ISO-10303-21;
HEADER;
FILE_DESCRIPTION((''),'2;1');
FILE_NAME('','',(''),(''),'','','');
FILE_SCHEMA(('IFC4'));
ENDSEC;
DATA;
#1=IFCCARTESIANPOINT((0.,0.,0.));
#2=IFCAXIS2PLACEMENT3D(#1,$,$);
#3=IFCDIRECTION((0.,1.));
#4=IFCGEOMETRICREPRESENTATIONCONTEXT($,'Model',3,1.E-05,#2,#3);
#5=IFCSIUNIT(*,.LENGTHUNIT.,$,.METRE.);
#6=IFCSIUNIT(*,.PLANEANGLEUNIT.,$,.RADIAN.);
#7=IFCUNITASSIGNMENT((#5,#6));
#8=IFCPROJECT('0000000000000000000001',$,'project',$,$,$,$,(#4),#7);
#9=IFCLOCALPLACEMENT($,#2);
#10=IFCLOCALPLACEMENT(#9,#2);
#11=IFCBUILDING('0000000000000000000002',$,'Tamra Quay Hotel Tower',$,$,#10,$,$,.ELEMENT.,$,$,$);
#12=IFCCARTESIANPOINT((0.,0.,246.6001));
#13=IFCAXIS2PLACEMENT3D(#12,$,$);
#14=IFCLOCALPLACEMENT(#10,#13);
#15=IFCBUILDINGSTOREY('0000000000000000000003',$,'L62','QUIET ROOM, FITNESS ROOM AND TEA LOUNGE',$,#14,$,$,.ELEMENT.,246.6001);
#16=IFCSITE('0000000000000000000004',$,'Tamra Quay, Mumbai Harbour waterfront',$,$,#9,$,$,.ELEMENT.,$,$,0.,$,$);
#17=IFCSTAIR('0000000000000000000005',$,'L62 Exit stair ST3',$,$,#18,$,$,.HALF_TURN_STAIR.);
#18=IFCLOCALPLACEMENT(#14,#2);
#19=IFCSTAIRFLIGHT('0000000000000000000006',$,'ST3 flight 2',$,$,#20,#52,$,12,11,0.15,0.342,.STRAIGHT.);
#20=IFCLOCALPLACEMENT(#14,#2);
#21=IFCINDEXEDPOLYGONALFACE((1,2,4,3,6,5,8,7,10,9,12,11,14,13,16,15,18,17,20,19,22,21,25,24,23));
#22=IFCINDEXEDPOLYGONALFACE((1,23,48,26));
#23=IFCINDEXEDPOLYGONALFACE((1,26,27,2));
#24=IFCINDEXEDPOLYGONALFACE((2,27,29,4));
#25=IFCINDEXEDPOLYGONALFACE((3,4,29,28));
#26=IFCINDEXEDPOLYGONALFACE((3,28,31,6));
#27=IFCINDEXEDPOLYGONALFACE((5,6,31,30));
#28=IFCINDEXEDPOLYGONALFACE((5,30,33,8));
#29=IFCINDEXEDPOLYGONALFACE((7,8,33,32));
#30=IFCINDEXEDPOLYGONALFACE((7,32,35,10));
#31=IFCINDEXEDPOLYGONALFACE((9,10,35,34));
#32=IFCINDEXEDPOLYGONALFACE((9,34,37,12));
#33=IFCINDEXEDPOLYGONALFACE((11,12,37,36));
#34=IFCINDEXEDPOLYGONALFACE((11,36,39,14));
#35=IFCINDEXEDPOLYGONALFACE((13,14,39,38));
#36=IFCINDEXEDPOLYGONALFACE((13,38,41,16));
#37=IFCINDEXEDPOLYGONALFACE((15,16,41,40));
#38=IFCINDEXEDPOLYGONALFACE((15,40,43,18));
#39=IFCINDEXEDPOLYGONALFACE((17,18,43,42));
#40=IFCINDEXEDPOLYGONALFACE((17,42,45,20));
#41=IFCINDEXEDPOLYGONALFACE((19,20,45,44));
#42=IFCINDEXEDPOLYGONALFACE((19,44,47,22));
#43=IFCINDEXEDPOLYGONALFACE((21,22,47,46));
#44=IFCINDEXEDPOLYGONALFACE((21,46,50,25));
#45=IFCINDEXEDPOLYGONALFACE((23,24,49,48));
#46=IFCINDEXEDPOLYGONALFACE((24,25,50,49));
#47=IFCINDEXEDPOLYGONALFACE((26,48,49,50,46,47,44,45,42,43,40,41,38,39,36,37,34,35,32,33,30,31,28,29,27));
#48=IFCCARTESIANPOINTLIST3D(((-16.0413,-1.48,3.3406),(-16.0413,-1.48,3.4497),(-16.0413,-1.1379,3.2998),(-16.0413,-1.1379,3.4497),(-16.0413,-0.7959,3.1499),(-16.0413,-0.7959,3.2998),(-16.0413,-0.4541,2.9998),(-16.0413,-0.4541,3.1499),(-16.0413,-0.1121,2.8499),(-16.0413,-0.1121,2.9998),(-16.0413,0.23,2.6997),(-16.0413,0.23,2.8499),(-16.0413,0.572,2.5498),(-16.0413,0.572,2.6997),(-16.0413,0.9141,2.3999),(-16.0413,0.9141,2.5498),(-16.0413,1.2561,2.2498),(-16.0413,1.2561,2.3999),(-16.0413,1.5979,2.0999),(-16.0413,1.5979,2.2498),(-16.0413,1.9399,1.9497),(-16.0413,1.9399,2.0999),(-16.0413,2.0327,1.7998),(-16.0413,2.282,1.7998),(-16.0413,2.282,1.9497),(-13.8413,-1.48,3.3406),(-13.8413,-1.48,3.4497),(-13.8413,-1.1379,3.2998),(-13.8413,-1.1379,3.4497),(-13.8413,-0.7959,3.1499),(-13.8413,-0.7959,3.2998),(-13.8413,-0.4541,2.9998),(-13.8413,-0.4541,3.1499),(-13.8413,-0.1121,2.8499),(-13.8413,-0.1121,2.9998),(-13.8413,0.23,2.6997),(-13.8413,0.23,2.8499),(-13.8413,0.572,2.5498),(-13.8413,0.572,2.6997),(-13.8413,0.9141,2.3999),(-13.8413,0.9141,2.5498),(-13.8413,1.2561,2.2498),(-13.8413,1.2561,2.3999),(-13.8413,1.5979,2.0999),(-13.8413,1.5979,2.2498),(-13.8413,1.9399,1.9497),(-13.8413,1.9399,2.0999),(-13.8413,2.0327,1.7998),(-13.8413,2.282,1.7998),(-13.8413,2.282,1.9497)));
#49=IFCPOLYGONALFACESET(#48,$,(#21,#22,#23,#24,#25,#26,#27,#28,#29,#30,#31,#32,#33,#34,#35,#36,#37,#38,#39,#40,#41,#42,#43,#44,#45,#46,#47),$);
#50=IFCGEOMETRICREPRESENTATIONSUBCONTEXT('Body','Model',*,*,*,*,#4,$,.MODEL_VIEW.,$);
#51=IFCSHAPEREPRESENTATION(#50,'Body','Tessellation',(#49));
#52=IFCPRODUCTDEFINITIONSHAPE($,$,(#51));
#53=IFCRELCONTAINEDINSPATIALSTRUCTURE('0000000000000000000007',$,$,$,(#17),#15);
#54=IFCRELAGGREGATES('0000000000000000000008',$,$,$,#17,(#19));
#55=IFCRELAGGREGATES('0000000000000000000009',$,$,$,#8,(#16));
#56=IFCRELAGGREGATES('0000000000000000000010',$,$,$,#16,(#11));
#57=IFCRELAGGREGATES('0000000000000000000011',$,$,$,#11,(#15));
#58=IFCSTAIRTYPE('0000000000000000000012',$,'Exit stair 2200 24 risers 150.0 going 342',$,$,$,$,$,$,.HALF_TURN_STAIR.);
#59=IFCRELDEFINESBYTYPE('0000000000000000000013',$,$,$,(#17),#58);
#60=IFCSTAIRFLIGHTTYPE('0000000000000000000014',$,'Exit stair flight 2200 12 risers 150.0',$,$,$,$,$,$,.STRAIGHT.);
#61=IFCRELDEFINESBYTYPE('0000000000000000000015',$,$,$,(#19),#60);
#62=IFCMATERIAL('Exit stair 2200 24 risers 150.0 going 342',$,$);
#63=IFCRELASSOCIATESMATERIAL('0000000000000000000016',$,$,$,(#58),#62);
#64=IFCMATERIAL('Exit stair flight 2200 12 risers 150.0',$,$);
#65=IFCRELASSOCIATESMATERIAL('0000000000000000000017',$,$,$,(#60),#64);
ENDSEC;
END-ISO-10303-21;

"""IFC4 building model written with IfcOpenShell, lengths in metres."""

from ifc_helpers import new_model, si_unit, direction, frame, origin, place, context, subcontext, project, spatial, polyline, outline, extrude, material, type_object, element, aggregate, save


model = new_model("IFC4")

# Units and contexts
model_context = context("Model", 3, precision=1e-05, world=origin(), true_north=direction((0.0, 1.0)))
body_context = subcontext(model_context, "Body", "Model", "MODEL_VIEW")
ifc_project = project(units=[si_unit("LENGTHUNIT", "METRE"), si_unit("PLANEANGLEUNIT", "RADIAN")], contexts=[model_context])

# Site, building, storey
site_placement = place(None, origin())
site = spatial("IfcSite", under=ifc_project, at=site_placement, Name="Tamra Quay, Mumbai Harbour waterfront", CompositionType="ELEMENT", RefElevation=0.0)
building_placement = place(site_placement, origin())
building = spatial("IfcBuilding", under=site, at=building_placement, Name="Tamra Quay Hotel Tower", CompositionType="ELEMENT")
storey_placement = place(building_placement, frame((0.0, 0.0, 246.6001)))
storey = spatial("IfcBuildingStorey", under=building, at=storey_placement, Name="L62", Description="QUIET ROOM, FITNESS ROOM AND TEA LOUNGE", CompositionType="ELEMENT", Elevation=246.6001)

# Stair
ifc_material_1 = material(Name="Exit stair 2200 24 risers 150.0 going 342")
stair_type = type_object("IfcStairType", Name="Exit stair 2200 24 risers 150.0 going 342", PredefinedType="HALF_TURN_STAIR", material=ifc_material_1)
stair_1_placement = place(storey_placement, origin())
stair_1 = element("IfcStair", 1, at=stair_1_placement, inside=storey, type_object=stair_type, Name="L62 Exit stair ST3", PredefinedType="HALF_TURN_STAIR")

# Stair flight
ifc_material_2 = material(Name="Exit stair flight 2200 12 risers 150.0")
stair_flight_type = type_object("IfcStairFlightType", Name="Exit stair flight 2200 12 risers 150.0", PredefinedType="STRAIGHT", material=ifc_material_2)
stair_flight_placement = place(storey_placement, frame((-14.9414, 2.282, 1.7998), z_axis=(0.0, 0.0, 1.0), x_axis=(0.0, -1.0, 0.0)))
stair_flight = element("IfcStairFlight", 2, at=stair_flight_placement, type_object=stair_flight_type, Name="ST3 flight 2", NumberOfRisers=12, NumberOfTreads=11, PredefinedType="STRAIGHT", RiserHeight=0.15, TreadLength=0.342, context=body_context, shape_type="SweptSolid", body=[
    extrude(outline(polyline([(0.0, 0.0), (0.0, 0.1499), (0.342, 0.1499), (0.342, 0.3), (0.6841, 0.3), (0.6841, 0.45), (1.0259, 0.45), (1.0259, 0.6001), (1.3679, 0.6001), (1.3679, 0.75), (1.71, 0.75), (1.71, 0.8999), (2.052, 0.8999), (2.052, 1.05), (2.394, 1.05), (2.394, 1.2), (2.7361, 1.2), (2.7361, 1.3501), (3.0779, 1.3501), (3.0779, 1.5), (3.4199, 1.5), (3.4199, 1.6499), (3.762, 1.6499), (3.762, 1.8), (3.762, 1.5408), (0.2493, 0.0), (0.0, 0.0)])), frame((0.0, 1.1001, 0.0), z_axis=(0.0, -1.0, 0.0), x_axis=(1.0, 0.0, 0.0)), (0.0, 0.0, 1.0), 2.2),
])
aggregate(stair_1, [stair_flight])

save(model, "model.ifc")
